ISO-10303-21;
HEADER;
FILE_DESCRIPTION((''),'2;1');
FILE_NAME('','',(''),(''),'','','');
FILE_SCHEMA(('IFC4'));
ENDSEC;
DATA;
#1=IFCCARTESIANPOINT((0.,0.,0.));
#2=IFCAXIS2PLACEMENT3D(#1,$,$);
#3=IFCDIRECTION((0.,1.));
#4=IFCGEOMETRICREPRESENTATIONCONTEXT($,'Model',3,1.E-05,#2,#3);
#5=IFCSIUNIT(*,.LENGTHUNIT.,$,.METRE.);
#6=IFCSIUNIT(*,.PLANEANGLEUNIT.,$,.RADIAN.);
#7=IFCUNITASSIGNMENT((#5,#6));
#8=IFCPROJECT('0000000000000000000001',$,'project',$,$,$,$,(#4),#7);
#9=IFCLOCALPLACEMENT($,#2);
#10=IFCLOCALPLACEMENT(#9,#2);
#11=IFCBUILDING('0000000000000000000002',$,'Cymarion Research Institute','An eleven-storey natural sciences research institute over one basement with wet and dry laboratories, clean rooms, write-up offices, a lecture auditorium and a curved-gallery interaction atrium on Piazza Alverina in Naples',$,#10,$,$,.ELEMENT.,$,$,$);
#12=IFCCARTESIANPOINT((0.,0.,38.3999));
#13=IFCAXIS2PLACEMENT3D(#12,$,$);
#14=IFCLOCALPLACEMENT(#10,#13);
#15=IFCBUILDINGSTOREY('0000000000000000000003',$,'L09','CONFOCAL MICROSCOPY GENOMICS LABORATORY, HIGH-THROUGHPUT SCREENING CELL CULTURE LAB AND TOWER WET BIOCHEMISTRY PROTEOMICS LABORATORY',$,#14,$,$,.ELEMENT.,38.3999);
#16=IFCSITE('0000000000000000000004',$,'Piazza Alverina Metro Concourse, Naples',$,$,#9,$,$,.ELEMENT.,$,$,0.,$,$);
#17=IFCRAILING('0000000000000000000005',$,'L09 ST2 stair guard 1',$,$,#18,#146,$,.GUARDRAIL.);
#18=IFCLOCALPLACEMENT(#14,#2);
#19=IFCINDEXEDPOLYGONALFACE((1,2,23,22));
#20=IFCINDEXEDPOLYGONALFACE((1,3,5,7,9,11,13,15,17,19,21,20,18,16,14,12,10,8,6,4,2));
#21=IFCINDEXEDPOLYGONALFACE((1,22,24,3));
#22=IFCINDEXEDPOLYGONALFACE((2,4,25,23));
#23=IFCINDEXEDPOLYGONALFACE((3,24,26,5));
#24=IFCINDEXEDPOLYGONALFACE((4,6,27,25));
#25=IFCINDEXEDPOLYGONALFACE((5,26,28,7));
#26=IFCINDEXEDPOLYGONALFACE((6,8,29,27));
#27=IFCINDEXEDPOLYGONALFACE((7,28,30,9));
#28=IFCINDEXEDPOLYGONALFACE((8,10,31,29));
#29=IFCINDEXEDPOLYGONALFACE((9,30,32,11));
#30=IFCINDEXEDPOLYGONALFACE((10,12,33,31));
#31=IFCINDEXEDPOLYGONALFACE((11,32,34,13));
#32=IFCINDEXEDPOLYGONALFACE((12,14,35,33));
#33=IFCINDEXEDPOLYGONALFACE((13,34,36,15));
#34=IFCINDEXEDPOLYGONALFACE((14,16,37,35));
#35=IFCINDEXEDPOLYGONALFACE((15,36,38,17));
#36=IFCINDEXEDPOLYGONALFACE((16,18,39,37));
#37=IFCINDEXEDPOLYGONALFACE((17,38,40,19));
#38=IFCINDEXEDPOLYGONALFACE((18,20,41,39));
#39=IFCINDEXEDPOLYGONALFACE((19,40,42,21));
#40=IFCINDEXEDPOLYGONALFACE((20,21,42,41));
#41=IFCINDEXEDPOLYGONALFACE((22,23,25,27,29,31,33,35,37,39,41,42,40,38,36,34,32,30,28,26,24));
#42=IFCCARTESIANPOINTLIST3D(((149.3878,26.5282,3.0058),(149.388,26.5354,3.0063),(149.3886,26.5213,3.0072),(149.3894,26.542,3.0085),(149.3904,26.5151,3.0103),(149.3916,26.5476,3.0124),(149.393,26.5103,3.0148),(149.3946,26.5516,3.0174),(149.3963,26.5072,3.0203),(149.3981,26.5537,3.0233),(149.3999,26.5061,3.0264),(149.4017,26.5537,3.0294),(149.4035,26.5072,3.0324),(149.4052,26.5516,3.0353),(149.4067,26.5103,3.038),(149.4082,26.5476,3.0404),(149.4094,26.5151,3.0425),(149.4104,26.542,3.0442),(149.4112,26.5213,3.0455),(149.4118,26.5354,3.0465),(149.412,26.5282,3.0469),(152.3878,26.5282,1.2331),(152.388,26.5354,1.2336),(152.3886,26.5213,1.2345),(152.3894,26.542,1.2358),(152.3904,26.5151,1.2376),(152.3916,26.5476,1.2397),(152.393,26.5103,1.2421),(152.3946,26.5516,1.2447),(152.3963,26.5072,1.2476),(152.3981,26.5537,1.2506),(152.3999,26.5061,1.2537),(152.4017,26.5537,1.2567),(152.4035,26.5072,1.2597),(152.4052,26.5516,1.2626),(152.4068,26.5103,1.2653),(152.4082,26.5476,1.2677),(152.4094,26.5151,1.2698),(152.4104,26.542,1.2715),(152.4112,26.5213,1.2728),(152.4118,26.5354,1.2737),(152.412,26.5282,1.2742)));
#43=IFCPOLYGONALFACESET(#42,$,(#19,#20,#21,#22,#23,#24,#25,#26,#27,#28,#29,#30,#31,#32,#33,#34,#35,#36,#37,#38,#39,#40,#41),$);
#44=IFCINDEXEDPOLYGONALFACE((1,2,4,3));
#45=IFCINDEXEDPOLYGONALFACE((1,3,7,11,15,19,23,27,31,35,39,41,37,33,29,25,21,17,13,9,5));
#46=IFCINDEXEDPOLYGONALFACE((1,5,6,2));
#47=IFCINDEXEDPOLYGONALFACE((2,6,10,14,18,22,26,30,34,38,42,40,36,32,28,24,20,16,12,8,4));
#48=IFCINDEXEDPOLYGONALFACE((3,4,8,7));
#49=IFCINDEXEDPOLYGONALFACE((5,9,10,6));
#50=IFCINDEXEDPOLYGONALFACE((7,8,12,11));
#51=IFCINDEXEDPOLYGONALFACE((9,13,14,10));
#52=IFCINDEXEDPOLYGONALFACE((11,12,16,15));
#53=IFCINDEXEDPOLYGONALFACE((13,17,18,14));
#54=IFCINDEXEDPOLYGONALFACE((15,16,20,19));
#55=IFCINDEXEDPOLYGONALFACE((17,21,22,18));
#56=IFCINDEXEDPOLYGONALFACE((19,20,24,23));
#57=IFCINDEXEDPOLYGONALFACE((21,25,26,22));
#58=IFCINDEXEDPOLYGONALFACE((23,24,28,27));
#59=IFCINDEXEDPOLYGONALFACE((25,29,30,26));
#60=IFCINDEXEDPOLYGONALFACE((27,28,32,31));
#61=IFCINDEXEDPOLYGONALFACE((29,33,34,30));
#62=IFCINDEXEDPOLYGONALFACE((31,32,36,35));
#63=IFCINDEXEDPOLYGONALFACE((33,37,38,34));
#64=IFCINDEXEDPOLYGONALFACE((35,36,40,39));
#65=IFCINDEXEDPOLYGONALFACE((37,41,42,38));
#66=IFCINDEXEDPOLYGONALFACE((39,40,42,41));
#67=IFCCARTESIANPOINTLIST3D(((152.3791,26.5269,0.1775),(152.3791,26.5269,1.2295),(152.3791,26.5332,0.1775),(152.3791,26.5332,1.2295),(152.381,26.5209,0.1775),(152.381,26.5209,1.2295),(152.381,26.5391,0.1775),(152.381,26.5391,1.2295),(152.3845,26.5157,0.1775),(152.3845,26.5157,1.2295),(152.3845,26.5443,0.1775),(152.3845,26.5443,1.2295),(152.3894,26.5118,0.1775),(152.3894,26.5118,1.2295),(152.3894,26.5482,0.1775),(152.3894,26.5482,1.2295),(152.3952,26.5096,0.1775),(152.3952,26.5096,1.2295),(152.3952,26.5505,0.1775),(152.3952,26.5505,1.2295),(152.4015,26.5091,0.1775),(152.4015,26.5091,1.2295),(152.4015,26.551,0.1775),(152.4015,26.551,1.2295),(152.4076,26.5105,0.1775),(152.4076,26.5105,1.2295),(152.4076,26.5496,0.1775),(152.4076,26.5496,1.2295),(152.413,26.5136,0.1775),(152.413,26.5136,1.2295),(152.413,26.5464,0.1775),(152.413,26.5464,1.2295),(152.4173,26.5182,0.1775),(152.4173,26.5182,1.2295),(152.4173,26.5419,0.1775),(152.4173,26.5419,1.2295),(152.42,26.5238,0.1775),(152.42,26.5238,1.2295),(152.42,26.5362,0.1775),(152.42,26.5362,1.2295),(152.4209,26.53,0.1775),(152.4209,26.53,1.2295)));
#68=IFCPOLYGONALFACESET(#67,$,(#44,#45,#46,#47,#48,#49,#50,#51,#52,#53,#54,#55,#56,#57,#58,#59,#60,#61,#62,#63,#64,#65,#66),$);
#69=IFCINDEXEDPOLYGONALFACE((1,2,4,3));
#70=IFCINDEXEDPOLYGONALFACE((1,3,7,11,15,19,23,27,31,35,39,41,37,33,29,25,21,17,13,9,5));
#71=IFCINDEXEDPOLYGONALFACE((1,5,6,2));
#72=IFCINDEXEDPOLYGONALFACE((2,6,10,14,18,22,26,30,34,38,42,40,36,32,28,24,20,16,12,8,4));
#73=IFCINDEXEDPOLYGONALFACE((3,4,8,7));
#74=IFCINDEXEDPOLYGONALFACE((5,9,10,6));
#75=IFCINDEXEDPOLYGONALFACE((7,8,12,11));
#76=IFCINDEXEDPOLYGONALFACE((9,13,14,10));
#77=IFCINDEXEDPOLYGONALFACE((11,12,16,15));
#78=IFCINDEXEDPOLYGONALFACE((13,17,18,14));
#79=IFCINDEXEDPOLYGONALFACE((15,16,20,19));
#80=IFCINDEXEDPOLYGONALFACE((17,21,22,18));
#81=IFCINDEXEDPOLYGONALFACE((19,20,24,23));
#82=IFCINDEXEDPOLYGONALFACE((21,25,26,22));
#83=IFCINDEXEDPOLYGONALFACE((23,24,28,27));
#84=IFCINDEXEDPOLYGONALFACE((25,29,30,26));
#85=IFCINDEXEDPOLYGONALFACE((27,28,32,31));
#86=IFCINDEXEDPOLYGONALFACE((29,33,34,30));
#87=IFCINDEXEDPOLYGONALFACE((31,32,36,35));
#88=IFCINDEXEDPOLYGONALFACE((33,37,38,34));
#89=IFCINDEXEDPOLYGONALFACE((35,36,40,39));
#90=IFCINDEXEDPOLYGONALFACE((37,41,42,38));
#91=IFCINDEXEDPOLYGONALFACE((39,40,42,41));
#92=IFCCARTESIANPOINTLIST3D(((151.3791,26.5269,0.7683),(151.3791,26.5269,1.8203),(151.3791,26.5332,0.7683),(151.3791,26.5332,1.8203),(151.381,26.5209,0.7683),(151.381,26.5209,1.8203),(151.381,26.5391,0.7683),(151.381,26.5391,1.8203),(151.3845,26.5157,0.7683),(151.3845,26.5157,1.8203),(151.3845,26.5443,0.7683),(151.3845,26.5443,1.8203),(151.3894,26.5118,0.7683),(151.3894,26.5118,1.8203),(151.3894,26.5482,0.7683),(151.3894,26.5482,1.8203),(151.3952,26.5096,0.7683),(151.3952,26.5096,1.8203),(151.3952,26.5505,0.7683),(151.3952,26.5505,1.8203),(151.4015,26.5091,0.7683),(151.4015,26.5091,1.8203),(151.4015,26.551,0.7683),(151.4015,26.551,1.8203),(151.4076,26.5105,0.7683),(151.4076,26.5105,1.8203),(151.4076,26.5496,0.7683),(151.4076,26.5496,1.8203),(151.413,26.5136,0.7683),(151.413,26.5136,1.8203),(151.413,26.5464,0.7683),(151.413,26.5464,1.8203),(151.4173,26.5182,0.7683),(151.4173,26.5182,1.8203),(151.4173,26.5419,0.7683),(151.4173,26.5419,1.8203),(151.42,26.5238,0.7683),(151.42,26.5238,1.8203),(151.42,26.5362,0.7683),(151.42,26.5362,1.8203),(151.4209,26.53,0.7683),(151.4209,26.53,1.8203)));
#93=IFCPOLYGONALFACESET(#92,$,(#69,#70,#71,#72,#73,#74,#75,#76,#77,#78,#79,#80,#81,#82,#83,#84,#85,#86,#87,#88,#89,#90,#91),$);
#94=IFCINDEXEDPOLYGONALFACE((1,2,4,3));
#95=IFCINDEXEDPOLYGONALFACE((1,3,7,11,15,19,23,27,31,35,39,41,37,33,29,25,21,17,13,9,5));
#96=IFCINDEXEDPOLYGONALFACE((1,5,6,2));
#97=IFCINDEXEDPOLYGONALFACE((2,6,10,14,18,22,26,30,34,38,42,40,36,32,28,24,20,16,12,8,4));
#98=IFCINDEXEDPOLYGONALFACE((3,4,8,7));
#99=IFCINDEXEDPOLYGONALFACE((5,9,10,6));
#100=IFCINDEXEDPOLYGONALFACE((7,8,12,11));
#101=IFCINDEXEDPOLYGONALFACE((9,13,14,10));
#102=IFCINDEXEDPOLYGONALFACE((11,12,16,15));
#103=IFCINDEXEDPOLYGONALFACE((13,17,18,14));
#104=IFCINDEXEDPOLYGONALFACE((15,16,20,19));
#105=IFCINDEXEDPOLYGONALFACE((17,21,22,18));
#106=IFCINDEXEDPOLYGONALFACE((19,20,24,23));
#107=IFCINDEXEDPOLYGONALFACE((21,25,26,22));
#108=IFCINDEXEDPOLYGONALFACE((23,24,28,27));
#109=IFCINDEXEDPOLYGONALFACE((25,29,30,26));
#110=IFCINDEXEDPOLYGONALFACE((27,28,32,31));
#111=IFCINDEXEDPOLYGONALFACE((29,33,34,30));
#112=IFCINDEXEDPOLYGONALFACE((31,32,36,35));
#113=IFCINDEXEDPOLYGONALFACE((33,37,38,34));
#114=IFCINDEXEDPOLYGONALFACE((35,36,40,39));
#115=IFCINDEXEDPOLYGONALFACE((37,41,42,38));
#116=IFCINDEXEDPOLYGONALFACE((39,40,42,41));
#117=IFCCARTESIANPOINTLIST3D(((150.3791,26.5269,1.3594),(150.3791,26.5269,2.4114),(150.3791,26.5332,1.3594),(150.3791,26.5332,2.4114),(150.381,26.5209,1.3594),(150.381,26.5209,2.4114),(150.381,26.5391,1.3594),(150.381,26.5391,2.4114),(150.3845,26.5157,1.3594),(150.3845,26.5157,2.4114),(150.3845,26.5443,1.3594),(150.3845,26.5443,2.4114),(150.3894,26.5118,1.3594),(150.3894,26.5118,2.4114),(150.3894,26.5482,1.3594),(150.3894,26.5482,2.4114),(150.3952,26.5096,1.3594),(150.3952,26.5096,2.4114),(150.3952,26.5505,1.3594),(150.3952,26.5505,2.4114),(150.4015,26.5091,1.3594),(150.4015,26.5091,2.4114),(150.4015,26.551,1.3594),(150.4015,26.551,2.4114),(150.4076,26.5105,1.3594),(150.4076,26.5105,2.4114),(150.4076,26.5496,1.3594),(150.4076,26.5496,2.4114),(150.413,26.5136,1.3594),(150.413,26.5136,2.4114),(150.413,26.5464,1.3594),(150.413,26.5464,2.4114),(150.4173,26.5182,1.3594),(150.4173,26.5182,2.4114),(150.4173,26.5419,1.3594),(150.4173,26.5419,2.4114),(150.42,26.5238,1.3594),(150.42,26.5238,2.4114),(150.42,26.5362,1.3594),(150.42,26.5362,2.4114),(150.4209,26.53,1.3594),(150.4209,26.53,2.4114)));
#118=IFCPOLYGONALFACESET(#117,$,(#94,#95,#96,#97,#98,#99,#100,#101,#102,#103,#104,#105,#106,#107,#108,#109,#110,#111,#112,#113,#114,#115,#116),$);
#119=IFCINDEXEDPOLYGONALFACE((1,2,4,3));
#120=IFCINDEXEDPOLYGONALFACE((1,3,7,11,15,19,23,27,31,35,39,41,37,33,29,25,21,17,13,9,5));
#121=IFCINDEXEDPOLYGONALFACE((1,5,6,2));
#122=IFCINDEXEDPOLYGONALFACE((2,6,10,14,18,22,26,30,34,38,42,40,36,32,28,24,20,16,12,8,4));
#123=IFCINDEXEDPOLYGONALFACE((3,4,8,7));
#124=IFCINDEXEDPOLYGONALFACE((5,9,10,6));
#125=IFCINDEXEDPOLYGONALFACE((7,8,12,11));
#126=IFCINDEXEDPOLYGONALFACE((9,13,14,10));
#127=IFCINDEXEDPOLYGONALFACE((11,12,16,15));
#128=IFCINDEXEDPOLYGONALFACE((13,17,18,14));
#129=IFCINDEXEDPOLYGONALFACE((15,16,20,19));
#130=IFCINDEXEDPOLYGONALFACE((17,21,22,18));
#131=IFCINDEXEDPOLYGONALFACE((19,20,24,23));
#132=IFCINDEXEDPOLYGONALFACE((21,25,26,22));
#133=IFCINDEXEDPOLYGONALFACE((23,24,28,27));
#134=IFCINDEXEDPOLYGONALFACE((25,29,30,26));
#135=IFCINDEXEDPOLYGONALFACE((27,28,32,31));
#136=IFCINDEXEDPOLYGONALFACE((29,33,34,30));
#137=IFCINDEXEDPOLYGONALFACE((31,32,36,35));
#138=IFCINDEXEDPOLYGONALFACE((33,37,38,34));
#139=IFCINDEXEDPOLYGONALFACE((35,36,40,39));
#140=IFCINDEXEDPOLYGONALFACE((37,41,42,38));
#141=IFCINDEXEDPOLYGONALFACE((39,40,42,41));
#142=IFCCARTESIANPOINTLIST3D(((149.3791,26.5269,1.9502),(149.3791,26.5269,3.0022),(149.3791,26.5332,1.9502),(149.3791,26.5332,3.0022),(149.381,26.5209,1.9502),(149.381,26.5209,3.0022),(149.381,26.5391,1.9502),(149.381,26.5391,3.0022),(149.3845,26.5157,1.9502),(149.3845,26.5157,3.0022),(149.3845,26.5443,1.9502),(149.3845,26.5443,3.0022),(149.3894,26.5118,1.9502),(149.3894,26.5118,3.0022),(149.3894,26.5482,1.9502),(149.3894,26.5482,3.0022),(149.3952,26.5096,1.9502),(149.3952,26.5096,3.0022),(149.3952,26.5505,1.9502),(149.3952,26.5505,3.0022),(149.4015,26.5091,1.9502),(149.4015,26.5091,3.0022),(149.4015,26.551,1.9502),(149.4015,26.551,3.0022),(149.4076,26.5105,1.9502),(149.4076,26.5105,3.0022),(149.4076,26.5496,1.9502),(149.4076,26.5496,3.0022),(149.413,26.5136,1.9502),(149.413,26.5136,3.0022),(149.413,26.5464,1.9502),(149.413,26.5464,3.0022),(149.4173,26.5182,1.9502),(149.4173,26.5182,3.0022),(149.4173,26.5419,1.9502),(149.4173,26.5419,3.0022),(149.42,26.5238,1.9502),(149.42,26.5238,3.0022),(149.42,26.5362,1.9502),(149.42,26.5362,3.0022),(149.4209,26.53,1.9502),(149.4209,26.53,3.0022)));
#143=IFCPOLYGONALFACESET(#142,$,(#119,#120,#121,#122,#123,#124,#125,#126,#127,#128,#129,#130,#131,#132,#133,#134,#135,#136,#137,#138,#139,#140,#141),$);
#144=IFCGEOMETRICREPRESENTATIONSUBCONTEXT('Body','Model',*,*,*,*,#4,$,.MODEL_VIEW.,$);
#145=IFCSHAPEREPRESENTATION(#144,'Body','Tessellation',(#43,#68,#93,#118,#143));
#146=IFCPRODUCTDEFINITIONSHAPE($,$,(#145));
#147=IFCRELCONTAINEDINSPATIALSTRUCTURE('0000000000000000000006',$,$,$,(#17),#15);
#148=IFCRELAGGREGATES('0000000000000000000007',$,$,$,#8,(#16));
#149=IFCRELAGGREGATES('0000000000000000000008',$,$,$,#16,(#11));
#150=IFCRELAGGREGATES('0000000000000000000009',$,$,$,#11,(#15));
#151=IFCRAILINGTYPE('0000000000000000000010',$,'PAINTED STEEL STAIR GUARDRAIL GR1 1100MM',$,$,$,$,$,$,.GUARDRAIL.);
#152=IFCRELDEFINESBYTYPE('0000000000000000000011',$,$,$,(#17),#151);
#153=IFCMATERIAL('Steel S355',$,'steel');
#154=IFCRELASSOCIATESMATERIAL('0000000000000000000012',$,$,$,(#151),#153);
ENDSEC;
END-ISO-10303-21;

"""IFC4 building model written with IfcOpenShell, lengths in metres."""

from ifc_helpers import new_model, si_unit, direction, frame, origin, origin_2d, place, context, subcontext, project, spatial, circle, extrude, material, type_object, element, save


model = new_model("IFC4")

# Units and contexts
model_context = context("Model", 3, precision=1e-05, world=origin(), true_north=direction((0.0, 1.0)))
body_context = subcontext(model_context, "Body", "Model", "MODEL_VIEW")
ifc_project = project(units=[si_unit("LENGTHUNIT", "METRE"), si_unit("PLANEANGLEUNIT", "RADIAN")], contexts=[model_context])

# Site, building, storey
site_placement = place(None, origin())
site = spatial("IfcSite", under=ifc_project, at=site_placement, Name="Piazza Alverina Metro Concourse, Naples", CompositionType="ELEMENT", RefElevation=0.0)
building_placement = place(site_placement, origin())
building = spatial("IfcBuilding", under=site, at=building_placement, Name="Cymarion Research Institute", Description="An eleven-storey natural sciences research institute over one basement with wet and dry laboratories, clean rooms, write-up offices, a lecture auditorium and a curved-gallery interaction atrium on Piazza Alverina in Naples", CompositionType="ELEMENT")
storey_placement = place(building_placement, frame((0.0, 0.0, 38.3999)))
storey = spatial("IfcBuildingStorey", under=building, at=storey_placement, Name="L09", Description="CONFOCAL MICROSCOPY GENOMICS LABORATORY, HIGH-THROUGHPUT SCREENING CELL CULTURE LAB AND TOWER WET BIOCHEMISTRY PROTEOMICS LABORATORY", CompositionType="ELEMENT", Elevation=38.3999)

# Shared definitions
ifc_material_1 = material(Name="Steel S355", Category="steel")

# Railing
railing_type_1 = type_object("IfcRailingType", Name="PAINTED STEEL STAIR GUARDRAIL GR1 1100MM", PredefinedType="GUARDRAIL", material=ifc_material_1)
railing_1_placement = place(storey_placement, frame((152.3999, 26.53, 0.1775)))
element("IfcRailing", 1, at=railing_1_placement, inside=storey, type_object=railing_type_1, Name="L09 ST2 stair guard 1", PredefinedType="GUARDRAIL", context=body_context, shape_type="SweptSolid", body=[
    extrude(circle(Radius=0.0239, at=origin_2d()), frame((0.0, 0.0, 1.0762), z_axis=(-0.860929, 0.0, 0.508725), x_axis=(0.0, -1.0, 0.0)), (0.0, 0.0, 1.0), 3.4846),
    extrude(circle(Radius=0.021, at=origin_2d()), origin(), (0.0, 0.0, 1.0), 1.052),
    extrude(circle(Radius=0.021, at=origin_2d()), frame((-1.0, 0.0, 0.5908)), (0.0, 0.0, 1.0), 1.052),
    extrude(circle(Radius=0.021, at=origin_2d()), frame((-2.0, 0.0, 1.1819)), (0.0, 0.0, 1.0), 1.052),
    extrude(circle(Radius=0.021, at=origin_2d()), frame((-3.0, 0.0, 1.7727)), (0.0, 0.0, 1.0), 1.052),
])

save(model, "model.ifc")
